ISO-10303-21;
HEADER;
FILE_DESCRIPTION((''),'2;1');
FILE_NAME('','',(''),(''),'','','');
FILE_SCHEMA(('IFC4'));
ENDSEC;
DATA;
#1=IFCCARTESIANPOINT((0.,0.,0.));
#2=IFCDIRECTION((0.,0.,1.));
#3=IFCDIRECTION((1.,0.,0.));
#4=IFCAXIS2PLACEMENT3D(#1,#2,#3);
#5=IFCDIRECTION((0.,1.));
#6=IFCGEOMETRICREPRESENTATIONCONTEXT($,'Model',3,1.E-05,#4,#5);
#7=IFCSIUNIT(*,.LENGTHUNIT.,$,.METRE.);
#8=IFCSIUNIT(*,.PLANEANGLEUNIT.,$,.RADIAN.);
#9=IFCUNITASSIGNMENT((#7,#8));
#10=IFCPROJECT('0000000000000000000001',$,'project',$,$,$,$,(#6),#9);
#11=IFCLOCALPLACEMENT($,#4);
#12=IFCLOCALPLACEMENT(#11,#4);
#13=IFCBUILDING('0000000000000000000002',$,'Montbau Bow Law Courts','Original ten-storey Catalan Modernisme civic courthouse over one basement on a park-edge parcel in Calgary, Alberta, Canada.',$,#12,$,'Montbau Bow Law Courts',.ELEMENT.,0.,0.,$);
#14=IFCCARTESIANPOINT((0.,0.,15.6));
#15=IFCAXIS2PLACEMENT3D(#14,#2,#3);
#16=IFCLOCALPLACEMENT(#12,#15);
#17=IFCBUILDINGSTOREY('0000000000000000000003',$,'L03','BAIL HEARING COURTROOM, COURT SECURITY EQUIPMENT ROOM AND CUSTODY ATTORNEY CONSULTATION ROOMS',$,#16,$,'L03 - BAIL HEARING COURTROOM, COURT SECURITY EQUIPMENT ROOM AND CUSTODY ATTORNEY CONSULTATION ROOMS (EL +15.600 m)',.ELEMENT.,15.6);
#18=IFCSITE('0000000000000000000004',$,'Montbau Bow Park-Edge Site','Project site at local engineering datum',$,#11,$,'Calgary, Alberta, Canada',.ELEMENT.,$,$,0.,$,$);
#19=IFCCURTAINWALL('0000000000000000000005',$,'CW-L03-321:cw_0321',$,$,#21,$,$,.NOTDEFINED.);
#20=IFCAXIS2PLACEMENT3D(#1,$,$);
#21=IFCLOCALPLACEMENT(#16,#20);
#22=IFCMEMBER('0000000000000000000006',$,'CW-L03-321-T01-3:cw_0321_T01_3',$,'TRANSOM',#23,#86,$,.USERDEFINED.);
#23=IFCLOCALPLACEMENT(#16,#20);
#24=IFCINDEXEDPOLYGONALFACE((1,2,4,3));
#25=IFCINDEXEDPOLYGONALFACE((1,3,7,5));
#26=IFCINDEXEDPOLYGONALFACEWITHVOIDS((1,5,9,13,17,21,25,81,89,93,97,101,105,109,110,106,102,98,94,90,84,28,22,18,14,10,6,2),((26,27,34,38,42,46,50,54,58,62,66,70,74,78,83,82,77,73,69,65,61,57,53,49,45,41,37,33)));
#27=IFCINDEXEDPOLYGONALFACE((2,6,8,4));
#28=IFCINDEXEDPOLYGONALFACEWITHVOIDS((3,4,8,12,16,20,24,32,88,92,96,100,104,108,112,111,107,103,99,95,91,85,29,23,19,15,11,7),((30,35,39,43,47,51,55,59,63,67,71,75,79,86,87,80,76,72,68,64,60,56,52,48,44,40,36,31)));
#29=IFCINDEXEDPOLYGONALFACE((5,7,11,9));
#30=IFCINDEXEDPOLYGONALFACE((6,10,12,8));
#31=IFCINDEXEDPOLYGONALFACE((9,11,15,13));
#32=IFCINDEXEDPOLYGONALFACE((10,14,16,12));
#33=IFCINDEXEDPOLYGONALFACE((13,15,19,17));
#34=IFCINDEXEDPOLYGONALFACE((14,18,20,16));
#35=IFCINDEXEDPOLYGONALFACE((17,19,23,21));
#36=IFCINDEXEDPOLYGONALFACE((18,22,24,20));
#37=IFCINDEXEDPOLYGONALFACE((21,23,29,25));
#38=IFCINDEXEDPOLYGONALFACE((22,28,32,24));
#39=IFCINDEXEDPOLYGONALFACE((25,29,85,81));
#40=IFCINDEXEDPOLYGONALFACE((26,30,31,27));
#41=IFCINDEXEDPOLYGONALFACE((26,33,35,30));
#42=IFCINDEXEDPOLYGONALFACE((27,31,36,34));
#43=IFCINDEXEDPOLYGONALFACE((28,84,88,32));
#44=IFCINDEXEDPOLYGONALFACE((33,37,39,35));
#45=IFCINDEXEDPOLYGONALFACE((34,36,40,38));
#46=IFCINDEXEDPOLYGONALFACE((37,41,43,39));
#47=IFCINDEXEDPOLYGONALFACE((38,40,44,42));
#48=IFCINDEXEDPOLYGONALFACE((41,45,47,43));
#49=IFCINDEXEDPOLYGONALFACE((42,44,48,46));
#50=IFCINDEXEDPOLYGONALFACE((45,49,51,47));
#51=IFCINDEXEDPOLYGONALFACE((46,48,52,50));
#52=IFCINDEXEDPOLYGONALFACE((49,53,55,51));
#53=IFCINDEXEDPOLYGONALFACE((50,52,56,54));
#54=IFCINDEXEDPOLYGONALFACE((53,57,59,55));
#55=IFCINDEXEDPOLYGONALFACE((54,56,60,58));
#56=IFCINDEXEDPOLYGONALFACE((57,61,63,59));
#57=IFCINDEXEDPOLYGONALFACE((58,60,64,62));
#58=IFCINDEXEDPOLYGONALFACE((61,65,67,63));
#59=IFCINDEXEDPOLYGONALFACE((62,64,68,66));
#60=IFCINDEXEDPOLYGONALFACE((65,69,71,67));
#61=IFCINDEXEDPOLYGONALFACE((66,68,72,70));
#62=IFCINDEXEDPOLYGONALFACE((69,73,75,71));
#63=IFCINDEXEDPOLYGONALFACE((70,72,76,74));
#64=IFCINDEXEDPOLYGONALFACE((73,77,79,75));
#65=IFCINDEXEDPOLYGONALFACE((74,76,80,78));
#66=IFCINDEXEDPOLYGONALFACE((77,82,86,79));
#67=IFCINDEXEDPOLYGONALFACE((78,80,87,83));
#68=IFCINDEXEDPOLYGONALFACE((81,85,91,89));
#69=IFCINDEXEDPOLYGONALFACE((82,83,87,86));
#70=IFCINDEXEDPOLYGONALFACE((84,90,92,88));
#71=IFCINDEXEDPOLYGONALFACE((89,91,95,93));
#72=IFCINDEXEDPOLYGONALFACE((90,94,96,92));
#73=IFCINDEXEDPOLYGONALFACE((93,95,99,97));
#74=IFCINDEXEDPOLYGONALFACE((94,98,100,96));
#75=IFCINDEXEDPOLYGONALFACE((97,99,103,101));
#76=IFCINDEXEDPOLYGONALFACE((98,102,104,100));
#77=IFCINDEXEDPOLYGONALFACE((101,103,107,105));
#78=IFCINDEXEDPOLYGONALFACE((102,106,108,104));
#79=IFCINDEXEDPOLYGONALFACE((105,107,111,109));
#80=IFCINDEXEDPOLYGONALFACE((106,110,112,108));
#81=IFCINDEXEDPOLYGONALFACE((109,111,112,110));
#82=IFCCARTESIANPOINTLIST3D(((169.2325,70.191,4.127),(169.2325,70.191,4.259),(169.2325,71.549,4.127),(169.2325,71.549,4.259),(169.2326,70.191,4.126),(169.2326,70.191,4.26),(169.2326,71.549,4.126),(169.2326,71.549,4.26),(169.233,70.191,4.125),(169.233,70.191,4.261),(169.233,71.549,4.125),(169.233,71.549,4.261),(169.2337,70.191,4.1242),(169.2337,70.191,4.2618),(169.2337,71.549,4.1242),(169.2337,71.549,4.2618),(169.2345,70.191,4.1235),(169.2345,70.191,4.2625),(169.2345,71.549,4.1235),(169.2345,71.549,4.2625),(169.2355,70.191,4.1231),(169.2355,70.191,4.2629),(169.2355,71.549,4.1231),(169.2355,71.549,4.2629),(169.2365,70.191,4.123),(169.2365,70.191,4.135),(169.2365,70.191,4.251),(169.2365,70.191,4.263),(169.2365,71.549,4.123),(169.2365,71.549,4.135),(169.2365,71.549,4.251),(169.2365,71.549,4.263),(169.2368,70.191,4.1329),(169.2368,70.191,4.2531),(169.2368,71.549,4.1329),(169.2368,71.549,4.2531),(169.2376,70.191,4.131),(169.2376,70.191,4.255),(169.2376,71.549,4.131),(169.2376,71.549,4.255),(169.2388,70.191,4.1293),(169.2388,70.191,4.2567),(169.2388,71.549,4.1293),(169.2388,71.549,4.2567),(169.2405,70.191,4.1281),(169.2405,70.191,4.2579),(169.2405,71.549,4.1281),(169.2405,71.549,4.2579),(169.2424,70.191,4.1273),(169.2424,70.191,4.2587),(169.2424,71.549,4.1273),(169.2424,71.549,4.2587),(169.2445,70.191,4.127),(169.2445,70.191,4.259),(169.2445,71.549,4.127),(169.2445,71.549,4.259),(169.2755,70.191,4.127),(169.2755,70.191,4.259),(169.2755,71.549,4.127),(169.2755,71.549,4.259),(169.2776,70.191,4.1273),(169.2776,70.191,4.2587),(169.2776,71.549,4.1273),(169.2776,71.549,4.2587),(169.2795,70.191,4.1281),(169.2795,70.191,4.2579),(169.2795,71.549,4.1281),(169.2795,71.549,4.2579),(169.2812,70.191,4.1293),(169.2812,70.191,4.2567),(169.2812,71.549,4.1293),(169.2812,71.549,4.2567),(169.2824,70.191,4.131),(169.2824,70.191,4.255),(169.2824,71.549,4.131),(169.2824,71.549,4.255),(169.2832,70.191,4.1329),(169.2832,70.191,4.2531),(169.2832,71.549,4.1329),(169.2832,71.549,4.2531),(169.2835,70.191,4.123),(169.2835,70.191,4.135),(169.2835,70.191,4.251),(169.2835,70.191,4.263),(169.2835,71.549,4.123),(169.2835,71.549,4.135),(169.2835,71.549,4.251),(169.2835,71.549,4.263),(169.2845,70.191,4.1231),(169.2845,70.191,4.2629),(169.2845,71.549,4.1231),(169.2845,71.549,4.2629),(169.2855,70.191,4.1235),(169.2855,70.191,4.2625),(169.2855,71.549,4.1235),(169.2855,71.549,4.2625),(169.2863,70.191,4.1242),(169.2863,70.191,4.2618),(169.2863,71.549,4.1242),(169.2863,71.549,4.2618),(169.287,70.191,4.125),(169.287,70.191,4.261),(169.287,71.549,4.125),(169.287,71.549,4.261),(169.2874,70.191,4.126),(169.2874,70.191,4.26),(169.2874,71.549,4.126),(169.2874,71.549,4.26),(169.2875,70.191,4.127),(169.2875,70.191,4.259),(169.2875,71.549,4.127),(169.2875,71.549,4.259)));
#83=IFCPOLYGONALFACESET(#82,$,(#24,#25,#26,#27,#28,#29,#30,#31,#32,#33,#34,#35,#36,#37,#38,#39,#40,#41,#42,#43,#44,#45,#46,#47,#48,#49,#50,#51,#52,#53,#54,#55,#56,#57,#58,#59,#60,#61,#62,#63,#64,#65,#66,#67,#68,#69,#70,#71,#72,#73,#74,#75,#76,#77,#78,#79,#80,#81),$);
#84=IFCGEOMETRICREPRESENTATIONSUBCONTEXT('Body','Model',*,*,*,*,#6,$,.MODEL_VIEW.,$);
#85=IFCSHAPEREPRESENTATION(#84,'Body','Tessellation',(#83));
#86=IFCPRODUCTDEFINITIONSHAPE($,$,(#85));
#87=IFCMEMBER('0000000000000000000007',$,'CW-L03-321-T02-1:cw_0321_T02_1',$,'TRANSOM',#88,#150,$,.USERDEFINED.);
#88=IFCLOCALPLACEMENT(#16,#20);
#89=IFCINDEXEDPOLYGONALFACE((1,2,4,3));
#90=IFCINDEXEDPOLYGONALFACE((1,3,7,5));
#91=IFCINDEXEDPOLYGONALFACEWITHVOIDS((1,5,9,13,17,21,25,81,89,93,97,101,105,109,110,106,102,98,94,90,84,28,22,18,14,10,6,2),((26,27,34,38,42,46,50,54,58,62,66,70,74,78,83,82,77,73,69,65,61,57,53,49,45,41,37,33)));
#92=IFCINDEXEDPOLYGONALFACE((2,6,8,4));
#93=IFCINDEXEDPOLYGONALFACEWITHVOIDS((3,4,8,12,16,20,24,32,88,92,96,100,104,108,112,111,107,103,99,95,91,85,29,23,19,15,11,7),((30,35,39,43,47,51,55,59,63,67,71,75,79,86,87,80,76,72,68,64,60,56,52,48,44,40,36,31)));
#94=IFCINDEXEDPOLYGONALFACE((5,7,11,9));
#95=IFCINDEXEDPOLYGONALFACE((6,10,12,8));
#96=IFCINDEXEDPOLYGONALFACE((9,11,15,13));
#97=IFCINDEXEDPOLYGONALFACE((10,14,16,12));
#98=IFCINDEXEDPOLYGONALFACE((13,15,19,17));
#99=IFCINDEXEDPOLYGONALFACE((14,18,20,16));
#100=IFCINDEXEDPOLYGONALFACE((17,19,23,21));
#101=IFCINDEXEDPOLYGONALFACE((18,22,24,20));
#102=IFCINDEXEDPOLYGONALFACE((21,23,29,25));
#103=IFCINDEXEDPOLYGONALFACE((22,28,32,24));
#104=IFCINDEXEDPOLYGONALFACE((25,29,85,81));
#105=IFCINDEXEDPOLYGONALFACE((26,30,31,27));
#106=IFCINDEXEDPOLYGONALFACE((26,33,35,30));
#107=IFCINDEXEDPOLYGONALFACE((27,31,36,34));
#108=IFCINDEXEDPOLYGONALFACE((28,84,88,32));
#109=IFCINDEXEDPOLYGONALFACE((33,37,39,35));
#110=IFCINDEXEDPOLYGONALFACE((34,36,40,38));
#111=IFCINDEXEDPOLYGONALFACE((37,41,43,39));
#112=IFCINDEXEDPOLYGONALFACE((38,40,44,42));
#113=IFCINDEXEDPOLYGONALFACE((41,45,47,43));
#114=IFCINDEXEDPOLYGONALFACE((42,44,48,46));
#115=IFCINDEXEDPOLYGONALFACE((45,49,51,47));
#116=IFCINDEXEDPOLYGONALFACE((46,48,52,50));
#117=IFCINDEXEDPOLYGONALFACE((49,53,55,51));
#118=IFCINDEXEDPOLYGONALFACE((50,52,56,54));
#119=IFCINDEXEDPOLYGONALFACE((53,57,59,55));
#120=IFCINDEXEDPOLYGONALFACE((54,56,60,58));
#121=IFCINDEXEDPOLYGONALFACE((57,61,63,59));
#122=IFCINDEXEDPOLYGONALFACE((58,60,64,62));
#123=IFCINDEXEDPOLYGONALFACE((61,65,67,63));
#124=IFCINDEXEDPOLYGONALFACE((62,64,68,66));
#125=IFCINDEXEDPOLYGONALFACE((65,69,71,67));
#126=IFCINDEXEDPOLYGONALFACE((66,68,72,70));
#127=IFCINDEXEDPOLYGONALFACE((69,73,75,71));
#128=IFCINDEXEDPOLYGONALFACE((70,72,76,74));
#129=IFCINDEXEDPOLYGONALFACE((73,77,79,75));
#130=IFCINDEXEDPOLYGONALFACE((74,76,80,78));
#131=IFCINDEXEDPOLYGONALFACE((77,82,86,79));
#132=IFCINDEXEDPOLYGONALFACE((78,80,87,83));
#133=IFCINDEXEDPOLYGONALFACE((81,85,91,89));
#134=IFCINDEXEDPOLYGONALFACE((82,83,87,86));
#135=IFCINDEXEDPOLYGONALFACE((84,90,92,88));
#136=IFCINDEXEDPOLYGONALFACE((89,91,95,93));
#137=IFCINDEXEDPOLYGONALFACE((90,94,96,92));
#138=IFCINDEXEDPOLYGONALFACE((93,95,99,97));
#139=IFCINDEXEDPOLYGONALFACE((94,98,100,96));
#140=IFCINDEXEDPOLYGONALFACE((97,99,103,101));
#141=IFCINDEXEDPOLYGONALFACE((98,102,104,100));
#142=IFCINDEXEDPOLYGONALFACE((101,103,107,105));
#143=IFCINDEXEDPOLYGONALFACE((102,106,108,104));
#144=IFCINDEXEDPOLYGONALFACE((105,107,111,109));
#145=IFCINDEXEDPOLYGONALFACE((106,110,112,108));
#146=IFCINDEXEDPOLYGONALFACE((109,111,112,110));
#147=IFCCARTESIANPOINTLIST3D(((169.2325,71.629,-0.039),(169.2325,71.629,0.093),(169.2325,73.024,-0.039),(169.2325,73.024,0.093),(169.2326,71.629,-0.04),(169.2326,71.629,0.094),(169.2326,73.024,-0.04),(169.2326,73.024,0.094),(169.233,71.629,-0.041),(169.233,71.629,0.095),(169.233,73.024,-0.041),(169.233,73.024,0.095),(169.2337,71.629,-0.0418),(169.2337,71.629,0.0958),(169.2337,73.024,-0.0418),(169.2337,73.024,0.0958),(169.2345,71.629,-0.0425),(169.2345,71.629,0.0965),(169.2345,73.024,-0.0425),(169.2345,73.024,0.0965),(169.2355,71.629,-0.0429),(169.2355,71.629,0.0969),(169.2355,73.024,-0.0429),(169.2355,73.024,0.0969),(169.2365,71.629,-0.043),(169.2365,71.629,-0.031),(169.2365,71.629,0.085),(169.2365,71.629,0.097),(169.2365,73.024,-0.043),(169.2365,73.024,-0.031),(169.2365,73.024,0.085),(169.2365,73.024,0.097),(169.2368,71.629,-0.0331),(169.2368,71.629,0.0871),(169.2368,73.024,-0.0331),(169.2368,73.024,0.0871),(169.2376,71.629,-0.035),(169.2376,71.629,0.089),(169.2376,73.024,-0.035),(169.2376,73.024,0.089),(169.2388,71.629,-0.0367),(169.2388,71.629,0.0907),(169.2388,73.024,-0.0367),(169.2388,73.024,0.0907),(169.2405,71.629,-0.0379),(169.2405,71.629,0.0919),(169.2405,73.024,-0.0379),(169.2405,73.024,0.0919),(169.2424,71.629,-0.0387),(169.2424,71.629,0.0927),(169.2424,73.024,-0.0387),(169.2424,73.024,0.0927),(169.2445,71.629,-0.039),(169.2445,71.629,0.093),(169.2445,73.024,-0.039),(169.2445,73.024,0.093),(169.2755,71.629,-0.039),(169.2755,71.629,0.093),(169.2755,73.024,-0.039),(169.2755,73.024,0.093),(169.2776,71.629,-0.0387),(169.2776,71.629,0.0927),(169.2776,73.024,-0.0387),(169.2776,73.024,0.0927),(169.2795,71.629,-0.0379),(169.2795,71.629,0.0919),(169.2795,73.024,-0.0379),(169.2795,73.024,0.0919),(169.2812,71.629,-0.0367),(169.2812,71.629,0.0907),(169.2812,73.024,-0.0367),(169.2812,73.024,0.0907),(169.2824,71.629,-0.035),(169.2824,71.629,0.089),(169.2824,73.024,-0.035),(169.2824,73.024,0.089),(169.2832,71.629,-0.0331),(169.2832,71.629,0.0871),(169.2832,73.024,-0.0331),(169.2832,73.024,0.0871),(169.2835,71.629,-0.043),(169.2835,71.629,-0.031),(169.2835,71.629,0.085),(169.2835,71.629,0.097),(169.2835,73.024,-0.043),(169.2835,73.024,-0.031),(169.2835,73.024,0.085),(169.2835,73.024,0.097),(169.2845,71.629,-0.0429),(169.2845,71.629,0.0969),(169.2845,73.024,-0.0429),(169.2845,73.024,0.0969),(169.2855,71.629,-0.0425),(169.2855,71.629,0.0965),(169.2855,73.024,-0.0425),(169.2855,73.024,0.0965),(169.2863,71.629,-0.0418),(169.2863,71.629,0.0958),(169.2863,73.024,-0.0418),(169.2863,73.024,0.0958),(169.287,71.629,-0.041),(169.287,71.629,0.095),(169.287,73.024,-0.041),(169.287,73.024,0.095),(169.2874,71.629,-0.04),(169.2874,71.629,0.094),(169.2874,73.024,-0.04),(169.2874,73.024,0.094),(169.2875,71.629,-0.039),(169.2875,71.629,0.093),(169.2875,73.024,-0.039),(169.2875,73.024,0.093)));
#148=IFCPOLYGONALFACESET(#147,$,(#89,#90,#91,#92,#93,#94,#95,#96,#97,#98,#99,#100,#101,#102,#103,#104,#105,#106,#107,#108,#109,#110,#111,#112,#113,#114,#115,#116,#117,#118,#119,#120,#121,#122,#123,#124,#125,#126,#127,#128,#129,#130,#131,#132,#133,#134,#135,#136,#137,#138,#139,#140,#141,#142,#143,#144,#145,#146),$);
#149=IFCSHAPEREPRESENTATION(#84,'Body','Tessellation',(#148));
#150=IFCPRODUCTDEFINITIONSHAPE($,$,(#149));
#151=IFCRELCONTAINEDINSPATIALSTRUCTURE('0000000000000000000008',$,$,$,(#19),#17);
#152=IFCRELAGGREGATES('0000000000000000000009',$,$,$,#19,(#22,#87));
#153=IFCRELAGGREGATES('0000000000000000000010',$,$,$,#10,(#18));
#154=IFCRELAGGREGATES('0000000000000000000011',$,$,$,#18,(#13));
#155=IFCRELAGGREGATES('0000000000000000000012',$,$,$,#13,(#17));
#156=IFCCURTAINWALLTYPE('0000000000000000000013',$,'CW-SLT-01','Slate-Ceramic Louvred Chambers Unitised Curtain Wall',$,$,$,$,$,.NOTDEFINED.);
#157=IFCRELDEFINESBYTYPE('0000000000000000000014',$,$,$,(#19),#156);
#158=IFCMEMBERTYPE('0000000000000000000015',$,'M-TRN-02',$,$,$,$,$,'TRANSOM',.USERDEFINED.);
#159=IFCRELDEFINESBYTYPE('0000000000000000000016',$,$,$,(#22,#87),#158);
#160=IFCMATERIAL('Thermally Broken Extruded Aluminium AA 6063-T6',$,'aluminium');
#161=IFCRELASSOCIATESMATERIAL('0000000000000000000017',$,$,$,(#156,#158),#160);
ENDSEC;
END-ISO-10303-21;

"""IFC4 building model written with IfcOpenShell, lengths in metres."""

from ifc_helpers import new_model, si_unit, direction, frame, origin_with_axes, origin_2d_with_axis, place, context, subcontext, project, spatial, hollow_rectangle, extrude, material, material_profile, profile_set, type_object, element, aggregate, save


model = new_model("IFC4")

# Units and contexts
model_context = context("Model", 3, precision=1e-05, world=origin_with_axes(), true_north=direction((0.0, 1.0)))
body_context = subcontext(model_context, "Body", "Model", "MODEL_VIEW")
ifc_project = project(units=[si_unit("LENGTHUNIT", "METRE"), si_unit("PLANEANGLEUNIT", "RADIAN")], contexts=[model_context])

# Site, building, storey
site_placement = place(None, origin_with_axes())
site = spatial("IfcSite", under=ifc_project, at=site_placement, Name="Montbau Bow Park-Edge Site", Description="Project site at local engineering datum", LongName="Calgary, Alberta, Canada", CompositionType="ELEMENT", RefElevation=0.0)
building_placement = place(site_placement, origin_with_axes())
building = spatial("IfcBuilding", under=site, at=building_placement, Name="Montbau Bow Law Courts", Description="Original ten-storey Catalan Modernisme civic courthouse over one basement on a park-edge parcel in Calgary, Alberta, Canada.", LongName="Montbau Bow Law Courts", CompositionType="ELEMENT", ElevationOfRefHeight=0.0, ElevationOfTerrain=0.0)
storey_placement = place(building_placement, frame((0.0, 0.0, 15.6), z_axis=(0.0, 0.0, 1.0), x_axis=(1.0, 0.0, 0.0)))
storey = spatial("IfcBuildingStorey", under=building, at=storey_placement, Name="L03", Description="BAIL HEARING COURTROOM, COURT SECURITY EQUIPMENT ROOM AND CUSTODY ATTORNEY CONSULTATION ROOMS", LongName="L03 - BAIL HEARING COURTROOM, COURT SECURITY EQUIPMENT ROOM AND CUSTODY ATTORNEY CONSULTATION ROOMS (EL +15.600 m)", CompositionType="ELEMENT", Elevation=15.6)

# Shared definitions
ifc_material_1 = material(Name="Thermally Broken Extruded Aluminium AA 6063-T6", Category="aluminium")
curtain_wall_type = type_object("IfcCurtainWallType", Name="CW-SLT-01", Description="Slate-Ceramic Louvred Chambers Unitised Curtain Wall", PredefinedType="NOTDEFINED", material=ifc_material_1)

# Curtain wall
curtain_wall_1_placement = place(None, frame((169.26, 70.115, 15.6), z_axis=(0.0, 0.0, 1.0), x_axis=(1.0, 0.0, 0.0)))
curtain_wall_1 = element("IfcCurtainWall", 1, at=curtain_wall_1_placement, inside=storey, type_object=curtain_wall_type, Name="CW-L03-321:cw_0321", PredefinedType="NOTDEFINED")

# Members
ifc_material_profile_1 = material_profile(ifc_material_1, hollow_rectangle(XDim=0.055, YDim=0.14, WallThickness=0.004, InnerFilletRadius=0.008, OuterFilletRadius=0.004, at=origin_2d_with_axis()), Name="CWT-140X55", Category="Main", Priority=0)
ifc_profile_set_1 = profile_set([ifc_material_profile_1], Name="Thermally Broken Extruded Aluminium AA 6063-T6")
member_type_1 = type_object("IfcMemberType", Name="M-TRN-02", ElementType="TRANSOM", PredefinedType="USERDEFINED", material=ifc_profile_set_1)
member_1_placement = place(None, frame((169.26, 70.191, 19.793), z_axis=(0.0, 1.0, 0.0), x_axis=(-1.0, 0.0, 0.0)))
member_1 = element("IfcMember", 2, at=member_1_placement, type_object=member_type_1, Name="CW-L03-321-T01-3:cw_0321_T01_3", ObjectType="TRANSOM", PredefinedType="USERDEFINED", context=body_context, shape_type="SweptSolid", body=[
    extrude(hollow_rectangle(XDim=0.055, YDim=0.14, WallThickness=0.004, InnerFilletRadius=0.008, OuterFilletRadius=0.004, at=origin_2d_with_axis()), origin_with_axes(), (0.0, 0.0, 1.0), 1.358),
])
member_2_placement = place(None, frame((169.26, 71.629, 15.627), z_axis=(0.0, 1.0, 0.0), x_axis=(-1.0, 0.0, 0.0)))
member_2 = element("IfcMember", 3, at=member_2_placement, type_object=member_type_1, Name="CW-L03-321-T02-1:cw_0321_T02_1", ObjectType="TRANSOM", PredefinedType="USERDEFINED", context=body_context, shape_type="SweptSolid", body=[
    extrude(hollow_rectangle(XDim=0.055, YDim=0.14, WallThickness=0.004, InnerFilletRadius=0.008, OuterFilletRadius=0.004, at=origin_2d_with_axis()), origin_with_axes(), (0.0, 0.0, 1.0), 1.395),
])

aggregate(curtain_wall_1, [member_1, member_2])

save(model, "model.ifc")
